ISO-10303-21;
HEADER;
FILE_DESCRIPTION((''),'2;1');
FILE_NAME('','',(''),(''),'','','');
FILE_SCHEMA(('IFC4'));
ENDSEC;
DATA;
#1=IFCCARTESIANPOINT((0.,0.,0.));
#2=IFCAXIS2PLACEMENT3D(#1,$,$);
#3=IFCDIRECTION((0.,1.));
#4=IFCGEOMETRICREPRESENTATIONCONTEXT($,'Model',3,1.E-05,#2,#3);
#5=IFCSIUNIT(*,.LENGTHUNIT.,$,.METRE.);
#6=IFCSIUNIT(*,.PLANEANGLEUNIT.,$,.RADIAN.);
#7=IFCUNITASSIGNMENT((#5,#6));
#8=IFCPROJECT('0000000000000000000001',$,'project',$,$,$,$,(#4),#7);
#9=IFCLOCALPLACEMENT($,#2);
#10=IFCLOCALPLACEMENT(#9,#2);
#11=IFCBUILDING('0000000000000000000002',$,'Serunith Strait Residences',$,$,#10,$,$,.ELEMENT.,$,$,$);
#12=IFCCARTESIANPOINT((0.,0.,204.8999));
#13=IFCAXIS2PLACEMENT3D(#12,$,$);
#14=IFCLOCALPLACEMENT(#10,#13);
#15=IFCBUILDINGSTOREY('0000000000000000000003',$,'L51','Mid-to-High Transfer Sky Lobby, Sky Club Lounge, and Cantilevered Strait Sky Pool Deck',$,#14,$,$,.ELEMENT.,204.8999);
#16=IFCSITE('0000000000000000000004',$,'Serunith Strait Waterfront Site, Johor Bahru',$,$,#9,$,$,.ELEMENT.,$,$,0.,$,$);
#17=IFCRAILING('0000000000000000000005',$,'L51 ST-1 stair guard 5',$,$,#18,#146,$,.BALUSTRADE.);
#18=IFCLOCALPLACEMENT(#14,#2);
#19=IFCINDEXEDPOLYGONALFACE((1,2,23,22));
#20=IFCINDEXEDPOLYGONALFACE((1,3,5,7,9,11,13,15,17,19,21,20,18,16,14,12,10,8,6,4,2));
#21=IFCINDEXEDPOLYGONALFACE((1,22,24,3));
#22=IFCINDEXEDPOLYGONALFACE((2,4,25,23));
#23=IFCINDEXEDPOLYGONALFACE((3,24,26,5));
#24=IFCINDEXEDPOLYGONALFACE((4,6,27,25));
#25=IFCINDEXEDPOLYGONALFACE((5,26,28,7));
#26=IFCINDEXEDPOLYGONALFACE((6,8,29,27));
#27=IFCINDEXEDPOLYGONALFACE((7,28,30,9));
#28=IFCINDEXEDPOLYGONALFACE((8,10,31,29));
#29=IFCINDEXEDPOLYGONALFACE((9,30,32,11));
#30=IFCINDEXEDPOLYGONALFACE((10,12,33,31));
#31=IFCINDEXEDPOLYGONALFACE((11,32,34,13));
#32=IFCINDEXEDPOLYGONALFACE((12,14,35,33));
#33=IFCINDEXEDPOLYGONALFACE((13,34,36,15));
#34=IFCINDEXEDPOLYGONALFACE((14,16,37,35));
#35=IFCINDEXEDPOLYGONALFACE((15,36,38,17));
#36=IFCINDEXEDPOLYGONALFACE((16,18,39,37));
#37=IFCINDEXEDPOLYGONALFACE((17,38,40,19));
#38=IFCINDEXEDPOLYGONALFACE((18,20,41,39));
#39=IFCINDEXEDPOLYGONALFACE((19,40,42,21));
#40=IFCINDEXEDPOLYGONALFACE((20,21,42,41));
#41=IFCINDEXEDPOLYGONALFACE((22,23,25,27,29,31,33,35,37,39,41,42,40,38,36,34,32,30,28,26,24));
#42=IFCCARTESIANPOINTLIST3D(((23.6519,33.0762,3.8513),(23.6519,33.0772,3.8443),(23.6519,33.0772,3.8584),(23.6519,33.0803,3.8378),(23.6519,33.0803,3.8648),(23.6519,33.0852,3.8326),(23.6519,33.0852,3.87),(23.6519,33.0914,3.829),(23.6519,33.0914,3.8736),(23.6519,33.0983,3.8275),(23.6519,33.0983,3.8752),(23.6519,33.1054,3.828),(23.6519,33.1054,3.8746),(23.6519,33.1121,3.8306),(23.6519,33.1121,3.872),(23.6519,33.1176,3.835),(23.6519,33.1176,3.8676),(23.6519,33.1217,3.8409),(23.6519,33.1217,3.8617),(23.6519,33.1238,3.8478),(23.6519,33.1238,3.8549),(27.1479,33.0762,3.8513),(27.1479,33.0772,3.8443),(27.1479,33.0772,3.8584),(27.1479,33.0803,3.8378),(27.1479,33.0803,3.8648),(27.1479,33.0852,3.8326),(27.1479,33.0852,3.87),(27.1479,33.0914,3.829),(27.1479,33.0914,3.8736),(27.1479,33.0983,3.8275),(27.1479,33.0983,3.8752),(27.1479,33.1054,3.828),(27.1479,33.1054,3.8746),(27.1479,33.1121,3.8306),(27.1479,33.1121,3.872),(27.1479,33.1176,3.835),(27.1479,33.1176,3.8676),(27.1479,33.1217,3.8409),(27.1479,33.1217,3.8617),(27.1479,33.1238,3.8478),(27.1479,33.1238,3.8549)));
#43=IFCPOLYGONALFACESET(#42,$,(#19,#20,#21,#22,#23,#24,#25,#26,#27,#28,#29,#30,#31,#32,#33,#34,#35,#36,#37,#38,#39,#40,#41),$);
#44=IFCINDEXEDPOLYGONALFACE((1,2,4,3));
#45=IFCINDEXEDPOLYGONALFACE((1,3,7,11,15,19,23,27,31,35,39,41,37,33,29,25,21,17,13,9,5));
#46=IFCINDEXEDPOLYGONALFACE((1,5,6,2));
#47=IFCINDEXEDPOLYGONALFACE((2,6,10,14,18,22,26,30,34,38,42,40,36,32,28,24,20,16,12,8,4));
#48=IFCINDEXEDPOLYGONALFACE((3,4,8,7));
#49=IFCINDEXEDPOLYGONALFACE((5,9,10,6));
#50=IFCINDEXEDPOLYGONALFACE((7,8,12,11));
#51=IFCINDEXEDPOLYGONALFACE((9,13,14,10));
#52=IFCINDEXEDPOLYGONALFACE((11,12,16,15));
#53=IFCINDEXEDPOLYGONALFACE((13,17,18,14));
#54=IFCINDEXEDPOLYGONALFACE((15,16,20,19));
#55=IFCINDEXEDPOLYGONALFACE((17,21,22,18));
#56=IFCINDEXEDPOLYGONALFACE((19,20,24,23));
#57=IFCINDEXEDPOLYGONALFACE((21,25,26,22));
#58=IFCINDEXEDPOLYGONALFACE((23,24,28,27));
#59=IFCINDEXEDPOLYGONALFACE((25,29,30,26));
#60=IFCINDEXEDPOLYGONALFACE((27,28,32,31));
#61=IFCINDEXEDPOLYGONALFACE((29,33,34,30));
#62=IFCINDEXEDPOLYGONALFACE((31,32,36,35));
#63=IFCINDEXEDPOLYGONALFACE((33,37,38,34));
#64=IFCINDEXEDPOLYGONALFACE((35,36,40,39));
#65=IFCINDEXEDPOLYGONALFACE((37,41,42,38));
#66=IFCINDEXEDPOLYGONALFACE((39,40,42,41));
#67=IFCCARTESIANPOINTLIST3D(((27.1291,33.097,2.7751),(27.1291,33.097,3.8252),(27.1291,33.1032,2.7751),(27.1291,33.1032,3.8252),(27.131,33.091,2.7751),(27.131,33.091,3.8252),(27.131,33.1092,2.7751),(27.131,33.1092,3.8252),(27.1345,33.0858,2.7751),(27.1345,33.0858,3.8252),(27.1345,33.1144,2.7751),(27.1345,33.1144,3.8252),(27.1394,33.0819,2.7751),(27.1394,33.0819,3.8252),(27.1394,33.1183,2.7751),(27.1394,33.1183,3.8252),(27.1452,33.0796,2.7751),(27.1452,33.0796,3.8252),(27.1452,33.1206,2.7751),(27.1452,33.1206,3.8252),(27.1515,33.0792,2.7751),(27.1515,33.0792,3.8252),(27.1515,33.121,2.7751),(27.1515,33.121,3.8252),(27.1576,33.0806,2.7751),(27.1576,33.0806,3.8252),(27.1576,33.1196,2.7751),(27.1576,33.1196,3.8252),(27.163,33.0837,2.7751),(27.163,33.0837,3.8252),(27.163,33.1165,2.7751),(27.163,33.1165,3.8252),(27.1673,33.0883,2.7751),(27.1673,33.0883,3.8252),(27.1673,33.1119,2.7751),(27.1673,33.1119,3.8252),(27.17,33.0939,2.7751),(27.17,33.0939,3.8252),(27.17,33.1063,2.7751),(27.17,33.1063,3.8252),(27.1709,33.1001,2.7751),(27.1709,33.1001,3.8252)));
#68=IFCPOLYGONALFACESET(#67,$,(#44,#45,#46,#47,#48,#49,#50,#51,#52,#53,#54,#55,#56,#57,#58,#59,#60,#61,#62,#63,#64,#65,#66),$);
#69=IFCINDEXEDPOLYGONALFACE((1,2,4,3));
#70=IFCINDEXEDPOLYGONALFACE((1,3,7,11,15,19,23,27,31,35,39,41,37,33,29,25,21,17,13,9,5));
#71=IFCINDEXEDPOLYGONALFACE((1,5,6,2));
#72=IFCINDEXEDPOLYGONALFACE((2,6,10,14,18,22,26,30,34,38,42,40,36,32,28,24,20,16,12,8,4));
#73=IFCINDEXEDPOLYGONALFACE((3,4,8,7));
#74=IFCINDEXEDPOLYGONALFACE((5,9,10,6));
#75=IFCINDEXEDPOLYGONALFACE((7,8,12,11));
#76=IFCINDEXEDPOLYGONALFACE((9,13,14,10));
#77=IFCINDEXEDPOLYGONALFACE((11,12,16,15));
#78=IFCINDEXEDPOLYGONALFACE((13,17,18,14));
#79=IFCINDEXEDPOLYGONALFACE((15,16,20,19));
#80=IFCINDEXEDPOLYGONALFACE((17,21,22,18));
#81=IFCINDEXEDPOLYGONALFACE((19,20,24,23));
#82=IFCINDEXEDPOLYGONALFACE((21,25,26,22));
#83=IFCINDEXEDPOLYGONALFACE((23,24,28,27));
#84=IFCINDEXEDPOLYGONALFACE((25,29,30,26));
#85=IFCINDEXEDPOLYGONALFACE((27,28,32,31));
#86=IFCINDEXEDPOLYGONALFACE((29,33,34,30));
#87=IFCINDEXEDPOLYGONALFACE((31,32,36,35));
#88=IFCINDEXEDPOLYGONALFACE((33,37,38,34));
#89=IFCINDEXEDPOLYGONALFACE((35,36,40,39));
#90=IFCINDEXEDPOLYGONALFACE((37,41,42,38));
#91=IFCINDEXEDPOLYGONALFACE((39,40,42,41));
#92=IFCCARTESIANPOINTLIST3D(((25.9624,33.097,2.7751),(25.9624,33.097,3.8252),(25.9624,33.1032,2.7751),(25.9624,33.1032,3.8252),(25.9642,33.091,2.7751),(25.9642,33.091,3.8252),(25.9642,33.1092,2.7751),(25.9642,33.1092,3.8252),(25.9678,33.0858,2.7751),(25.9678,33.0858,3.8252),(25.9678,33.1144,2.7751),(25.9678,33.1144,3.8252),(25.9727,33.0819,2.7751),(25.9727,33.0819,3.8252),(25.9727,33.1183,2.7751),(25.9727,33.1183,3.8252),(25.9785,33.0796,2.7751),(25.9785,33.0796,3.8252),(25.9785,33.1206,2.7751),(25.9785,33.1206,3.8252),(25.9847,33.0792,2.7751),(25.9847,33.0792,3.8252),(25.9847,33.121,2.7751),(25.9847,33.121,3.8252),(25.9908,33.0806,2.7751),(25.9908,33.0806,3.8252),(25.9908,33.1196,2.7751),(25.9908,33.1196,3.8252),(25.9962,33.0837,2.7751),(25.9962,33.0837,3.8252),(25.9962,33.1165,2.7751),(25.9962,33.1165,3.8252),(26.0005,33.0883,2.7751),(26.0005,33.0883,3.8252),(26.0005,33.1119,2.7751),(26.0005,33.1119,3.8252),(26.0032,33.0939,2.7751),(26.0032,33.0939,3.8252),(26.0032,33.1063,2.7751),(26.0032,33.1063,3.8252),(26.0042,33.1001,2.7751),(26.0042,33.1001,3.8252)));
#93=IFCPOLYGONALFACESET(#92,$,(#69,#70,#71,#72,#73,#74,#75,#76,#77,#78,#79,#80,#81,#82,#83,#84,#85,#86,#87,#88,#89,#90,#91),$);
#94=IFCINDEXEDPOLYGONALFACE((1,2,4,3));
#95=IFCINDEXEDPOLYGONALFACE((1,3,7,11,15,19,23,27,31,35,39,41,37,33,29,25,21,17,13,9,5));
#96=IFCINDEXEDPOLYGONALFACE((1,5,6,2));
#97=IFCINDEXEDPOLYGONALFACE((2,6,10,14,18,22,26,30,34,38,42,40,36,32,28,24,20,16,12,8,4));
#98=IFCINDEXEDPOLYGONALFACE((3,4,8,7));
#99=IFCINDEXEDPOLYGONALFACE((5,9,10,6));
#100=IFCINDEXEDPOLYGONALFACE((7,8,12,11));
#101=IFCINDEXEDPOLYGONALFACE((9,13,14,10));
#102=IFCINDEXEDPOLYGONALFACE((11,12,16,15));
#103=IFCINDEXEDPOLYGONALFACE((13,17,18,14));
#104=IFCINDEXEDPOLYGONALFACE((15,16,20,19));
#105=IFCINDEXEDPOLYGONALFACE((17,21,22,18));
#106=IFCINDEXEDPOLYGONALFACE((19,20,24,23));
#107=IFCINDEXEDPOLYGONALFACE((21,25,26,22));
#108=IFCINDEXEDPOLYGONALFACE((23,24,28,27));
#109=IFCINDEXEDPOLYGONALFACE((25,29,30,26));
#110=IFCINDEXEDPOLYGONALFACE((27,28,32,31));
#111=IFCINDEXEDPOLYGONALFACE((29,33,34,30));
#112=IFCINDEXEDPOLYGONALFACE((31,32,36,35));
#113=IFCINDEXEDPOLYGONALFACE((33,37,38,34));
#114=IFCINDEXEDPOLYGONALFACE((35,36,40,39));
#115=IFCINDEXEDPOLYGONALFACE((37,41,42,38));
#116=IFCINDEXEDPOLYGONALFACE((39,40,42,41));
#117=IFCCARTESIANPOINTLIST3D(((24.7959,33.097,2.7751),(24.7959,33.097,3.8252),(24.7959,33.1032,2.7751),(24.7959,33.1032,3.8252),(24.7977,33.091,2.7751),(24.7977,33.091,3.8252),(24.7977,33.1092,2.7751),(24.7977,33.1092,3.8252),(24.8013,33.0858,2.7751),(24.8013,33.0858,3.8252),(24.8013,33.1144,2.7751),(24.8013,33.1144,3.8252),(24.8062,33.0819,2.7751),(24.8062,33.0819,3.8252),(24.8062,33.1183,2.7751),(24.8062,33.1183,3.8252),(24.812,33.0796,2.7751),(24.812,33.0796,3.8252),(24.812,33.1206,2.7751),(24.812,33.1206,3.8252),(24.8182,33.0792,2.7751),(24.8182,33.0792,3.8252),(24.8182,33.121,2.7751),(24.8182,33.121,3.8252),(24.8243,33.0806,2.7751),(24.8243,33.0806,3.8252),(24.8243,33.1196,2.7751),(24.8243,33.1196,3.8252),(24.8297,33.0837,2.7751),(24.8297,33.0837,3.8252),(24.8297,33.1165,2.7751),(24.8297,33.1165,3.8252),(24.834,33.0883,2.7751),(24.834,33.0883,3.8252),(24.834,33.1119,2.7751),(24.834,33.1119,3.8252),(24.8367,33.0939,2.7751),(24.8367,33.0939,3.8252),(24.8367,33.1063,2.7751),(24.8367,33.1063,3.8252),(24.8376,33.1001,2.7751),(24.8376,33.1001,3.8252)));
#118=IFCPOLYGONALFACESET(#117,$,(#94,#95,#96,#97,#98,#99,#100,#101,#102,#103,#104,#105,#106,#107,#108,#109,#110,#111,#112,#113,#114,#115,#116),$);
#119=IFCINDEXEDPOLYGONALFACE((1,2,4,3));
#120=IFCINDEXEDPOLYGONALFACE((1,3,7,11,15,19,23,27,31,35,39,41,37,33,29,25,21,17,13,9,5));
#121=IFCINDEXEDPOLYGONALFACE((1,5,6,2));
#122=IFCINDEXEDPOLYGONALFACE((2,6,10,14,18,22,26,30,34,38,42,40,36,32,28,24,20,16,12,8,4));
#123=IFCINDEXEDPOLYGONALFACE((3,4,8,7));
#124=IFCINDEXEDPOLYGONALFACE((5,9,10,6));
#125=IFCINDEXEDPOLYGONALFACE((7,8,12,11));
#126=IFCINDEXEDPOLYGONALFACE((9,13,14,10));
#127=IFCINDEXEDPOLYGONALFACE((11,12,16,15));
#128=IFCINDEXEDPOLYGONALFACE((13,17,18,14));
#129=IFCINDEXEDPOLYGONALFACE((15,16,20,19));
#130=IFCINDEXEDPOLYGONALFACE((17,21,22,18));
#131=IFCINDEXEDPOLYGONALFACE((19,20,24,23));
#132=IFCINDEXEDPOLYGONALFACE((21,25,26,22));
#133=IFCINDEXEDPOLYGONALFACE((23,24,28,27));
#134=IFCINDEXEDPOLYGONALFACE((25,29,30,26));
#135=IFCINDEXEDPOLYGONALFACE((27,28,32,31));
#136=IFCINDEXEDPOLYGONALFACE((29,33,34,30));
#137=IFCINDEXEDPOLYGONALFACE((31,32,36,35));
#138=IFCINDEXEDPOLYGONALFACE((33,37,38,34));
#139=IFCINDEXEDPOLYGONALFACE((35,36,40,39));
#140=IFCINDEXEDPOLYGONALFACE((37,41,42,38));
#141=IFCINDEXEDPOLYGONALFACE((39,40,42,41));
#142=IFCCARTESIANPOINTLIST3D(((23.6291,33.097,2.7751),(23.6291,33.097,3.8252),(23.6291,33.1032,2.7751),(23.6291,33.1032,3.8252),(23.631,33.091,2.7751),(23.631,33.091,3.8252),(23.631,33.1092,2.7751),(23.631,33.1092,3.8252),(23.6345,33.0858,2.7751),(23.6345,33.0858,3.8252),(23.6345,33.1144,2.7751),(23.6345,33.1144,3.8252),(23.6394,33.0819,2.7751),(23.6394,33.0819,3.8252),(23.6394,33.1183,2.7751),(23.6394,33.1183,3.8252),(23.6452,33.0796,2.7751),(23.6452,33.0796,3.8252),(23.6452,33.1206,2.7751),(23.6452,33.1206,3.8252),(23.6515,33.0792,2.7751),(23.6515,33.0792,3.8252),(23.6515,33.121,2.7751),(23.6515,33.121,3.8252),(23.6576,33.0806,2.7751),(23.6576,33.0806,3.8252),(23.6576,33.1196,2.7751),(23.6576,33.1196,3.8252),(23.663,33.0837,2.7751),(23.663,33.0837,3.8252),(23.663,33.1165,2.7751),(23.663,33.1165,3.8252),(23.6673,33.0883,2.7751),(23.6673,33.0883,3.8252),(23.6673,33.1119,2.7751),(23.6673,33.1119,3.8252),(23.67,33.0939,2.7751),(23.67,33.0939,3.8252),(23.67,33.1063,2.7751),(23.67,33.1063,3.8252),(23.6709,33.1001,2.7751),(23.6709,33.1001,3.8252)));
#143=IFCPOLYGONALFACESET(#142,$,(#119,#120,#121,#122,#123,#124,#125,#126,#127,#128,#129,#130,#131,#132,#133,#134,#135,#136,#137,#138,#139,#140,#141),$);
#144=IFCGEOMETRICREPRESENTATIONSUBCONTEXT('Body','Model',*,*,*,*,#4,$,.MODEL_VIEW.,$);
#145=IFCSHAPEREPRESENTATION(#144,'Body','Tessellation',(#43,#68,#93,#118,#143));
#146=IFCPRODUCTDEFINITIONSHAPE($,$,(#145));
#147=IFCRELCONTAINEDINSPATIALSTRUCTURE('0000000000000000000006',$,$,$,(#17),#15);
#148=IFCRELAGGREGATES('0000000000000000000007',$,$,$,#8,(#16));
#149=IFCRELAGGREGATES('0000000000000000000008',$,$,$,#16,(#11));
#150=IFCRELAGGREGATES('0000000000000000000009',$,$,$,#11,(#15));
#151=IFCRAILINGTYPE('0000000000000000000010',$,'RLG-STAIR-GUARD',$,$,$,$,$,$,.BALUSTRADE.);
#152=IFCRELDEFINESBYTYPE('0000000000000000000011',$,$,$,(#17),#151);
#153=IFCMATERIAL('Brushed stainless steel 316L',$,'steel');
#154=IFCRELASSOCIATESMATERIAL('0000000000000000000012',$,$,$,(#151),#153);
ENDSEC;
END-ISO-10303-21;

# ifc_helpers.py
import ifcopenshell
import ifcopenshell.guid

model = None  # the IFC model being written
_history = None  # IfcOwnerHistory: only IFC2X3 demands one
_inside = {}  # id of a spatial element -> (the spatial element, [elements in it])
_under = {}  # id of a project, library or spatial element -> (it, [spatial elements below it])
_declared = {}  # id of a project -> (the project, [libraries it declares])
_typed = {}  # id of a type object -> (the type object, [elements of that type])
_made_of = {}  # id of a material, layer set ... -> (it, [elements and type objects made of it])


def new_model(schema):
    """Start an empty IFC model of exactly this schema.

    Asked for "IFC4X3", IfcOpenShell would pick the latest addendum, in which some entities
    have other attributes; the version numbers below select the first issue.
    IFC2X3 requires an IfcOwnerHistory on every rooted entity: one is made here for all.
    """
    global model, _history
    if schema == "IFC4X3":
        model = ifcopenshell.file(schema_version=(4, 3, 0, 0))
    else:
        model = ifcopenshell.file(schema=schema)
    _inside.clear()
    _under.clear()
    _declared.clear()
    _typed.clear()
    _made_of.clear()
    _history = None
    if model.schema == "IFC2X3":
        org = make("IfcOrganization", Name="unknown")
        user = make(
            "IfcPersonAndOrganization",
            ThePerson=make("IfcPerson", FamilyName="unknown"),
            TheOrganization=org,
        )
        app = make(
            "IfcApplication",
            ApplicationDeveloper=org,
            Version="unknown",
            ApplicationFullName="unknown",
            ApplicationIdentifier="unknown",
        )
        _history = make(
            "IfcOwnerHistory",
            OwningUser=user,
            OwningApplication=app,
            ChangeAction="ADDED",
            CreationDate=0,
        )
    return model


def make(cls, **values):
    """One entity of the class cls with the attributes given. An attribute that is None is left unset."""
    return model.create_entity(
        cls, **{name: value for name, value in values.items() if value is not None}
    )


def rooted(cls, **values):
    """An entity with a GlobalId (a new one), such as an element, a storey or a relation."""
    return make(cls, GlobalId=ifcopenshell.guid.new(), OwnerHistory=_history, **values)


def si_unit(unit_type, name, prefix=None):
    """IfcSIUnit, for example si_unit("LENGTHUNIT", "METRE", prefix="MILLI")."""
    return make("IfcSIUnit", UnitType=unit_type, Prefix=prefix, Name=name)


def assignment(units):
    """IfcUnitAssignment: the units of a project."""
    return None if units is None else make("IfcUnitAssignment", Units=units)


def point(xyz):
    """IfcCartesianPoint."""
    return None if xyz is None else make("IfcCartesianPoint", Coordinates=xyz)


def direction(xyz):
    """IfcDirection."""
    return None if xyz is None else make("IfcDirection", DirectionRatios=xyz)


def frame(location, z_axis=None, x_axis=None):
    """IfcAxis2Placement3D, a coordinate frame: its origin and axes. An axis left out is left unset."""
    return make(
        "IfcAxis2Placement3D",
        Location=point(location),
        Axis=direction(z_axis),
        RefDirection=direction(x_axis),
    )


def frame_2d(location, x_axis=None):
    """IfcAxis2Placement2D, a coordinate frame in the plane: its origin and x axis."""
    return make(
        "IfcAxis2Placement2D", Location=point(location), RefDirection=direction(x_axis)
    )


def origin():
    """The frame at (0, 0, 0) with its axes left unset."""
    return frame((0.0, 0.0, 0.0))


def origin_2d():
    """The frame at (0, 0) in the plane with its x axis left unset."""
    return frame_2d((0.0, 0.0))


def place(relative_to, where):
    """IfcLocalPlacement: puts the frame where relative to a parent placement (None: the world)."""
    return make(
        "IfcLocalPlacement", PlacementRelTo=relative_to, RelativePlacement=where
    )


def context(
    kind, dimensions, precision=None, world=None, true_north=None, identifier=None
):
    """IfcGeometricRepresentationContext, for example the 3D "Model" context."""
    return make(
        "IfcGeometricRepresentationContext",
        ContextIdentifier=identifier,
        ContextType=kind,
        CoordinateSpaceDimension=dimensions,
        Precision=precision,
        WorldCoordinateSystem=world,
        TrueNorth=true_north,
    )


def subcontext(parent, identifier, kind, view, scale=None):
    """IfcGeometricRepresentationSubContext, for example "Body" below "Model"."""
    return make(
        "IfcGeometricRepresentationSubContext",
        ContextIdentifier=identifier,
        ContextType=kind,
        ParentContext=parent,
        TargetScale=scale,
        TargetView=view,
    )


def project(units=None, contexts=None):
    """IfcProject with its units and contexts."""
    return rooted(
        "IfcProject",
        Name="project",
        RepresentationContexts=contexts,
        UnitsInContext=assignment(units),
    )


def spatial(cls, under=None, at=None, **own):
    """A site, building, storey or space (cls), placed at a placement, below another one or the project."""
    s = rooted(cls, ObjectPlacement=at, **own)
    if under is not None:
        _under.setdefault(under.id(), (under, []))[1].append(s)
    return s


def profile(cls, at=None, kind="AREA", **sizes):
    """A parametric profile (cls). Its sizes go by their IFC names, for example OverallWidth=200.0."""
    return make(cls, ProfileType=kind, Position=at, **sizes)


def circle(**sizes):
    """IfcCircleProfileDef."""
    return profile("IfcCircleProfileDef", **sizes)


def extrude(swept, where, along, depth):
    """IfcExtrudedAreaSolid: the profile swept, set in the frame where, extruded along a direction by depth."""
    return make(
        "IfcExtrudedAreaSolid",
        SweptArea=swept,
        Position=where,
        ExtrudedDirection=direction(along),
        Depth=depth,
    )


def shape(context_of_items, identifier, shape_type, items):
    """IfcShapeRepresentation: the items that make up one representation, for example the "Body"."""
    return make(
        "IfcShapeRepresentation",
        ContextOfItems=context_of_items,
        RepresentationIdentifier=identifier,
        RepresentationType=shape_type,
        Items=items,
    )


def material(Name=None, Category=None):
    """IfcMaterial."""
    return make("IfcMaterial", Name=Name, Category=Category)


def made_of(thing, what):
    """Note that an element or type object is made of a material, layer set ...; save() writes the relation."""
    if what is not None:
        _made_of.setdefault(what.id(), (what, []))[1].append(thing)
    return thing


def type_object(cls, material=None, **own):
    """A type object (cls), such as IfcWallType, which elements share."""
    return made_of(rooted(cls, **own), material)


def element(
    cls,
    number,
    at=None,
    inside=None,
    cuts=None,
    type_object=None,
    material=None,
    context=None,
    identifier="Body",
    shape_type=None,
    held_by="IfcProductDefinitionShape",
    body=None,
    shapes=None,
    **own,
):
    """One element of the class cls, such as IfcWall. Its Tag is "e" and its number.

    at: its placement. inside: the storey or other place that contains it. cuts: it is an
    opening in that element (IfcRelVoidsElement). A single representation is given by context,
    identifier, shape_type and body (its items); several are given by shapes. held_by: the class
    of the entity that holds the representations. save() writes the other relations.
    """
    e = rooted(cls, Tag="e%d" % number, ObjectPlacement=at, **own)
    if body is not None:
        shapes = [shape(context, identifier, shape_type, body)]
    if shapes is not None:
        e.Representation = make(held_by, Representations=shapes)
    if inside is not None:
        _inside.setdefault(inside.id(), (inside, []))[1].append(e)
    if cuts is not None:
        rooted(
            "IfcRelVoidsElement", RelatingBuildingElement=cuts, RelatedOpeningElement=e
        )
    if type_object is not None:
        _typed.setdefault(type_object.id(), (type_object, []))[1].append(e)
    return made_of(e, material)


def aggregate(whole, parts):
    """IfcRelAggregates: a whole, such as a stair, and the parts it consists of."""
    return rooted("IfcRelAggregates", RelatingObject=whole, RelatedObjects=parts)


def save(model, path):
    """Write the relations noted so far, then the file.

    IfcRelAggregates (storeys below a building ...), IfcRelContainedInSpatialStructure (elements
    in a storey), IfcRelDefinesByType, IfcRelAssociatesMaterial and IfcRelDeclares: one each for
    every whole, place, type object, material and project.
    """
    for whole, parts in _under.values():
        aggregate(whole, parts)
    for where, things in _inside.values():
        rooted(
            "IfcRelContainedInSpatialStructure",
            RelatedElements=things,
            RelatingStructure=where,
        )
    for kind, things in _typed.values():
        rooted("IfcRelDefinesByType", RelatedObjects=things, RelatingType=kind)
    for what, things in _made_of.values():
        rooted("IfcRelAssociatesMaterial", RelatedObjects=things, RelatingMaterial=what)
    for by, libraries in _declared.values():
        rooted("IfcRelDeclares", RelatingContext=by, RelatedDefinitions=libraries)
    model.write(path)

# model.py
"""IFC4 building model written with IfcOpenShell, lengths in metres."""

from ifc_helpers import new_model, si_unit, direction, frame, origin, origin_2d, place, context, subcontext, project, spatial, circle, extrude, material, type_object, element, save


model = new_model("IFC4")

# Units and contexts
model_context = context("Model", 3, precision=1e-05, world=origin(), true_north=direction((0.0, 1.0)))
body_context = subcontext(model_context, "Body", "Model", "MODEL_VIEW")
ifc_project = project(units=[si_unit("LENGTHUNIT", "METRE"), si_unit("PLANEANGLEUNIT", "RADIAN")], contexts=[model_context])

# Site, building, storey
site_placement = place(None, origin())
site = spatial("IfcSite", under=ifc_project, at=site_placement, Name="Serunith Strait Waterfront Site, Johor Bahru", CompositionType="ELEMENT", RefElevation=0.0)
building_placement = place(site_placement, origin())
building = spatial("IfcBuilding", under=site, at=building_placement, Name="Serunith Strait Residences", CompositionType="ELEMENT")
storey_placement = place(building_placement, frame((0.0, 0.0, 204.8999)))
storey = spatial("IfcBuildingStorey", under=building, at=storey_placement, Name="L51", Description="Mid-to-High Transfer Sky Lobby, Sky Club Lounge, and Cantilevered Strait Sky Pool Deck", CompositionType="ELEMENT", Elevation=204.8999)

# Railing
ifc_material_1 = material(Name="Brushed stainless steel 316L", Category="steel")
railing_type_1 = type_object("IfcRailingType", Name="RLG-STAIR-GUARD", PredefinedType="BALUSTRADE", material=ifc_material_1)
railing_1_placement = place(storey_placement, frame((27.1499, 33.1001, 2.7751)))
element("IfcRailing", 1, at=railing_1_placement, inside=storey, type_object=railing_type_1, Name="L51 ST-1 stair guard 5", PredefinedType="BALUSTRADE", context=body_context, shape_type="SweptSolid", body=[
    extrude(circle(Radius=0.0239, at=origin_2d()), frame((-0.002, 0.0, 1.0762), z_axis=(-1.0, 0.0, 0.0), x_axis=(0.0, -1.0, 0.0)), (0.0, 0.0, 1.0), 3.4961),
    extrude(circle(Radius=0.021, at=origin_2d()), origin(), (0.0, 0.0, 1.0), 1.05),
    extrude(circle(Radius=0.021, at=origin_2d()), frame((-1.1667, 0.0, 0.0)), (0.0, 0.0, 1.0), 1.05),
    extrude(circle(Radius=0.021, at=origin_2d()), frame((-2.3333, 0.0, 0.0)), (0.0, 0.0, 1.0), 1.05),
    extrude(circle(Radius=0.021, at=origin_2d()), frame((-3.5, 0.0, 0.0)), (0.0, 0.0, 1.0), 1.05),
])

save(model, "model.ifc")
